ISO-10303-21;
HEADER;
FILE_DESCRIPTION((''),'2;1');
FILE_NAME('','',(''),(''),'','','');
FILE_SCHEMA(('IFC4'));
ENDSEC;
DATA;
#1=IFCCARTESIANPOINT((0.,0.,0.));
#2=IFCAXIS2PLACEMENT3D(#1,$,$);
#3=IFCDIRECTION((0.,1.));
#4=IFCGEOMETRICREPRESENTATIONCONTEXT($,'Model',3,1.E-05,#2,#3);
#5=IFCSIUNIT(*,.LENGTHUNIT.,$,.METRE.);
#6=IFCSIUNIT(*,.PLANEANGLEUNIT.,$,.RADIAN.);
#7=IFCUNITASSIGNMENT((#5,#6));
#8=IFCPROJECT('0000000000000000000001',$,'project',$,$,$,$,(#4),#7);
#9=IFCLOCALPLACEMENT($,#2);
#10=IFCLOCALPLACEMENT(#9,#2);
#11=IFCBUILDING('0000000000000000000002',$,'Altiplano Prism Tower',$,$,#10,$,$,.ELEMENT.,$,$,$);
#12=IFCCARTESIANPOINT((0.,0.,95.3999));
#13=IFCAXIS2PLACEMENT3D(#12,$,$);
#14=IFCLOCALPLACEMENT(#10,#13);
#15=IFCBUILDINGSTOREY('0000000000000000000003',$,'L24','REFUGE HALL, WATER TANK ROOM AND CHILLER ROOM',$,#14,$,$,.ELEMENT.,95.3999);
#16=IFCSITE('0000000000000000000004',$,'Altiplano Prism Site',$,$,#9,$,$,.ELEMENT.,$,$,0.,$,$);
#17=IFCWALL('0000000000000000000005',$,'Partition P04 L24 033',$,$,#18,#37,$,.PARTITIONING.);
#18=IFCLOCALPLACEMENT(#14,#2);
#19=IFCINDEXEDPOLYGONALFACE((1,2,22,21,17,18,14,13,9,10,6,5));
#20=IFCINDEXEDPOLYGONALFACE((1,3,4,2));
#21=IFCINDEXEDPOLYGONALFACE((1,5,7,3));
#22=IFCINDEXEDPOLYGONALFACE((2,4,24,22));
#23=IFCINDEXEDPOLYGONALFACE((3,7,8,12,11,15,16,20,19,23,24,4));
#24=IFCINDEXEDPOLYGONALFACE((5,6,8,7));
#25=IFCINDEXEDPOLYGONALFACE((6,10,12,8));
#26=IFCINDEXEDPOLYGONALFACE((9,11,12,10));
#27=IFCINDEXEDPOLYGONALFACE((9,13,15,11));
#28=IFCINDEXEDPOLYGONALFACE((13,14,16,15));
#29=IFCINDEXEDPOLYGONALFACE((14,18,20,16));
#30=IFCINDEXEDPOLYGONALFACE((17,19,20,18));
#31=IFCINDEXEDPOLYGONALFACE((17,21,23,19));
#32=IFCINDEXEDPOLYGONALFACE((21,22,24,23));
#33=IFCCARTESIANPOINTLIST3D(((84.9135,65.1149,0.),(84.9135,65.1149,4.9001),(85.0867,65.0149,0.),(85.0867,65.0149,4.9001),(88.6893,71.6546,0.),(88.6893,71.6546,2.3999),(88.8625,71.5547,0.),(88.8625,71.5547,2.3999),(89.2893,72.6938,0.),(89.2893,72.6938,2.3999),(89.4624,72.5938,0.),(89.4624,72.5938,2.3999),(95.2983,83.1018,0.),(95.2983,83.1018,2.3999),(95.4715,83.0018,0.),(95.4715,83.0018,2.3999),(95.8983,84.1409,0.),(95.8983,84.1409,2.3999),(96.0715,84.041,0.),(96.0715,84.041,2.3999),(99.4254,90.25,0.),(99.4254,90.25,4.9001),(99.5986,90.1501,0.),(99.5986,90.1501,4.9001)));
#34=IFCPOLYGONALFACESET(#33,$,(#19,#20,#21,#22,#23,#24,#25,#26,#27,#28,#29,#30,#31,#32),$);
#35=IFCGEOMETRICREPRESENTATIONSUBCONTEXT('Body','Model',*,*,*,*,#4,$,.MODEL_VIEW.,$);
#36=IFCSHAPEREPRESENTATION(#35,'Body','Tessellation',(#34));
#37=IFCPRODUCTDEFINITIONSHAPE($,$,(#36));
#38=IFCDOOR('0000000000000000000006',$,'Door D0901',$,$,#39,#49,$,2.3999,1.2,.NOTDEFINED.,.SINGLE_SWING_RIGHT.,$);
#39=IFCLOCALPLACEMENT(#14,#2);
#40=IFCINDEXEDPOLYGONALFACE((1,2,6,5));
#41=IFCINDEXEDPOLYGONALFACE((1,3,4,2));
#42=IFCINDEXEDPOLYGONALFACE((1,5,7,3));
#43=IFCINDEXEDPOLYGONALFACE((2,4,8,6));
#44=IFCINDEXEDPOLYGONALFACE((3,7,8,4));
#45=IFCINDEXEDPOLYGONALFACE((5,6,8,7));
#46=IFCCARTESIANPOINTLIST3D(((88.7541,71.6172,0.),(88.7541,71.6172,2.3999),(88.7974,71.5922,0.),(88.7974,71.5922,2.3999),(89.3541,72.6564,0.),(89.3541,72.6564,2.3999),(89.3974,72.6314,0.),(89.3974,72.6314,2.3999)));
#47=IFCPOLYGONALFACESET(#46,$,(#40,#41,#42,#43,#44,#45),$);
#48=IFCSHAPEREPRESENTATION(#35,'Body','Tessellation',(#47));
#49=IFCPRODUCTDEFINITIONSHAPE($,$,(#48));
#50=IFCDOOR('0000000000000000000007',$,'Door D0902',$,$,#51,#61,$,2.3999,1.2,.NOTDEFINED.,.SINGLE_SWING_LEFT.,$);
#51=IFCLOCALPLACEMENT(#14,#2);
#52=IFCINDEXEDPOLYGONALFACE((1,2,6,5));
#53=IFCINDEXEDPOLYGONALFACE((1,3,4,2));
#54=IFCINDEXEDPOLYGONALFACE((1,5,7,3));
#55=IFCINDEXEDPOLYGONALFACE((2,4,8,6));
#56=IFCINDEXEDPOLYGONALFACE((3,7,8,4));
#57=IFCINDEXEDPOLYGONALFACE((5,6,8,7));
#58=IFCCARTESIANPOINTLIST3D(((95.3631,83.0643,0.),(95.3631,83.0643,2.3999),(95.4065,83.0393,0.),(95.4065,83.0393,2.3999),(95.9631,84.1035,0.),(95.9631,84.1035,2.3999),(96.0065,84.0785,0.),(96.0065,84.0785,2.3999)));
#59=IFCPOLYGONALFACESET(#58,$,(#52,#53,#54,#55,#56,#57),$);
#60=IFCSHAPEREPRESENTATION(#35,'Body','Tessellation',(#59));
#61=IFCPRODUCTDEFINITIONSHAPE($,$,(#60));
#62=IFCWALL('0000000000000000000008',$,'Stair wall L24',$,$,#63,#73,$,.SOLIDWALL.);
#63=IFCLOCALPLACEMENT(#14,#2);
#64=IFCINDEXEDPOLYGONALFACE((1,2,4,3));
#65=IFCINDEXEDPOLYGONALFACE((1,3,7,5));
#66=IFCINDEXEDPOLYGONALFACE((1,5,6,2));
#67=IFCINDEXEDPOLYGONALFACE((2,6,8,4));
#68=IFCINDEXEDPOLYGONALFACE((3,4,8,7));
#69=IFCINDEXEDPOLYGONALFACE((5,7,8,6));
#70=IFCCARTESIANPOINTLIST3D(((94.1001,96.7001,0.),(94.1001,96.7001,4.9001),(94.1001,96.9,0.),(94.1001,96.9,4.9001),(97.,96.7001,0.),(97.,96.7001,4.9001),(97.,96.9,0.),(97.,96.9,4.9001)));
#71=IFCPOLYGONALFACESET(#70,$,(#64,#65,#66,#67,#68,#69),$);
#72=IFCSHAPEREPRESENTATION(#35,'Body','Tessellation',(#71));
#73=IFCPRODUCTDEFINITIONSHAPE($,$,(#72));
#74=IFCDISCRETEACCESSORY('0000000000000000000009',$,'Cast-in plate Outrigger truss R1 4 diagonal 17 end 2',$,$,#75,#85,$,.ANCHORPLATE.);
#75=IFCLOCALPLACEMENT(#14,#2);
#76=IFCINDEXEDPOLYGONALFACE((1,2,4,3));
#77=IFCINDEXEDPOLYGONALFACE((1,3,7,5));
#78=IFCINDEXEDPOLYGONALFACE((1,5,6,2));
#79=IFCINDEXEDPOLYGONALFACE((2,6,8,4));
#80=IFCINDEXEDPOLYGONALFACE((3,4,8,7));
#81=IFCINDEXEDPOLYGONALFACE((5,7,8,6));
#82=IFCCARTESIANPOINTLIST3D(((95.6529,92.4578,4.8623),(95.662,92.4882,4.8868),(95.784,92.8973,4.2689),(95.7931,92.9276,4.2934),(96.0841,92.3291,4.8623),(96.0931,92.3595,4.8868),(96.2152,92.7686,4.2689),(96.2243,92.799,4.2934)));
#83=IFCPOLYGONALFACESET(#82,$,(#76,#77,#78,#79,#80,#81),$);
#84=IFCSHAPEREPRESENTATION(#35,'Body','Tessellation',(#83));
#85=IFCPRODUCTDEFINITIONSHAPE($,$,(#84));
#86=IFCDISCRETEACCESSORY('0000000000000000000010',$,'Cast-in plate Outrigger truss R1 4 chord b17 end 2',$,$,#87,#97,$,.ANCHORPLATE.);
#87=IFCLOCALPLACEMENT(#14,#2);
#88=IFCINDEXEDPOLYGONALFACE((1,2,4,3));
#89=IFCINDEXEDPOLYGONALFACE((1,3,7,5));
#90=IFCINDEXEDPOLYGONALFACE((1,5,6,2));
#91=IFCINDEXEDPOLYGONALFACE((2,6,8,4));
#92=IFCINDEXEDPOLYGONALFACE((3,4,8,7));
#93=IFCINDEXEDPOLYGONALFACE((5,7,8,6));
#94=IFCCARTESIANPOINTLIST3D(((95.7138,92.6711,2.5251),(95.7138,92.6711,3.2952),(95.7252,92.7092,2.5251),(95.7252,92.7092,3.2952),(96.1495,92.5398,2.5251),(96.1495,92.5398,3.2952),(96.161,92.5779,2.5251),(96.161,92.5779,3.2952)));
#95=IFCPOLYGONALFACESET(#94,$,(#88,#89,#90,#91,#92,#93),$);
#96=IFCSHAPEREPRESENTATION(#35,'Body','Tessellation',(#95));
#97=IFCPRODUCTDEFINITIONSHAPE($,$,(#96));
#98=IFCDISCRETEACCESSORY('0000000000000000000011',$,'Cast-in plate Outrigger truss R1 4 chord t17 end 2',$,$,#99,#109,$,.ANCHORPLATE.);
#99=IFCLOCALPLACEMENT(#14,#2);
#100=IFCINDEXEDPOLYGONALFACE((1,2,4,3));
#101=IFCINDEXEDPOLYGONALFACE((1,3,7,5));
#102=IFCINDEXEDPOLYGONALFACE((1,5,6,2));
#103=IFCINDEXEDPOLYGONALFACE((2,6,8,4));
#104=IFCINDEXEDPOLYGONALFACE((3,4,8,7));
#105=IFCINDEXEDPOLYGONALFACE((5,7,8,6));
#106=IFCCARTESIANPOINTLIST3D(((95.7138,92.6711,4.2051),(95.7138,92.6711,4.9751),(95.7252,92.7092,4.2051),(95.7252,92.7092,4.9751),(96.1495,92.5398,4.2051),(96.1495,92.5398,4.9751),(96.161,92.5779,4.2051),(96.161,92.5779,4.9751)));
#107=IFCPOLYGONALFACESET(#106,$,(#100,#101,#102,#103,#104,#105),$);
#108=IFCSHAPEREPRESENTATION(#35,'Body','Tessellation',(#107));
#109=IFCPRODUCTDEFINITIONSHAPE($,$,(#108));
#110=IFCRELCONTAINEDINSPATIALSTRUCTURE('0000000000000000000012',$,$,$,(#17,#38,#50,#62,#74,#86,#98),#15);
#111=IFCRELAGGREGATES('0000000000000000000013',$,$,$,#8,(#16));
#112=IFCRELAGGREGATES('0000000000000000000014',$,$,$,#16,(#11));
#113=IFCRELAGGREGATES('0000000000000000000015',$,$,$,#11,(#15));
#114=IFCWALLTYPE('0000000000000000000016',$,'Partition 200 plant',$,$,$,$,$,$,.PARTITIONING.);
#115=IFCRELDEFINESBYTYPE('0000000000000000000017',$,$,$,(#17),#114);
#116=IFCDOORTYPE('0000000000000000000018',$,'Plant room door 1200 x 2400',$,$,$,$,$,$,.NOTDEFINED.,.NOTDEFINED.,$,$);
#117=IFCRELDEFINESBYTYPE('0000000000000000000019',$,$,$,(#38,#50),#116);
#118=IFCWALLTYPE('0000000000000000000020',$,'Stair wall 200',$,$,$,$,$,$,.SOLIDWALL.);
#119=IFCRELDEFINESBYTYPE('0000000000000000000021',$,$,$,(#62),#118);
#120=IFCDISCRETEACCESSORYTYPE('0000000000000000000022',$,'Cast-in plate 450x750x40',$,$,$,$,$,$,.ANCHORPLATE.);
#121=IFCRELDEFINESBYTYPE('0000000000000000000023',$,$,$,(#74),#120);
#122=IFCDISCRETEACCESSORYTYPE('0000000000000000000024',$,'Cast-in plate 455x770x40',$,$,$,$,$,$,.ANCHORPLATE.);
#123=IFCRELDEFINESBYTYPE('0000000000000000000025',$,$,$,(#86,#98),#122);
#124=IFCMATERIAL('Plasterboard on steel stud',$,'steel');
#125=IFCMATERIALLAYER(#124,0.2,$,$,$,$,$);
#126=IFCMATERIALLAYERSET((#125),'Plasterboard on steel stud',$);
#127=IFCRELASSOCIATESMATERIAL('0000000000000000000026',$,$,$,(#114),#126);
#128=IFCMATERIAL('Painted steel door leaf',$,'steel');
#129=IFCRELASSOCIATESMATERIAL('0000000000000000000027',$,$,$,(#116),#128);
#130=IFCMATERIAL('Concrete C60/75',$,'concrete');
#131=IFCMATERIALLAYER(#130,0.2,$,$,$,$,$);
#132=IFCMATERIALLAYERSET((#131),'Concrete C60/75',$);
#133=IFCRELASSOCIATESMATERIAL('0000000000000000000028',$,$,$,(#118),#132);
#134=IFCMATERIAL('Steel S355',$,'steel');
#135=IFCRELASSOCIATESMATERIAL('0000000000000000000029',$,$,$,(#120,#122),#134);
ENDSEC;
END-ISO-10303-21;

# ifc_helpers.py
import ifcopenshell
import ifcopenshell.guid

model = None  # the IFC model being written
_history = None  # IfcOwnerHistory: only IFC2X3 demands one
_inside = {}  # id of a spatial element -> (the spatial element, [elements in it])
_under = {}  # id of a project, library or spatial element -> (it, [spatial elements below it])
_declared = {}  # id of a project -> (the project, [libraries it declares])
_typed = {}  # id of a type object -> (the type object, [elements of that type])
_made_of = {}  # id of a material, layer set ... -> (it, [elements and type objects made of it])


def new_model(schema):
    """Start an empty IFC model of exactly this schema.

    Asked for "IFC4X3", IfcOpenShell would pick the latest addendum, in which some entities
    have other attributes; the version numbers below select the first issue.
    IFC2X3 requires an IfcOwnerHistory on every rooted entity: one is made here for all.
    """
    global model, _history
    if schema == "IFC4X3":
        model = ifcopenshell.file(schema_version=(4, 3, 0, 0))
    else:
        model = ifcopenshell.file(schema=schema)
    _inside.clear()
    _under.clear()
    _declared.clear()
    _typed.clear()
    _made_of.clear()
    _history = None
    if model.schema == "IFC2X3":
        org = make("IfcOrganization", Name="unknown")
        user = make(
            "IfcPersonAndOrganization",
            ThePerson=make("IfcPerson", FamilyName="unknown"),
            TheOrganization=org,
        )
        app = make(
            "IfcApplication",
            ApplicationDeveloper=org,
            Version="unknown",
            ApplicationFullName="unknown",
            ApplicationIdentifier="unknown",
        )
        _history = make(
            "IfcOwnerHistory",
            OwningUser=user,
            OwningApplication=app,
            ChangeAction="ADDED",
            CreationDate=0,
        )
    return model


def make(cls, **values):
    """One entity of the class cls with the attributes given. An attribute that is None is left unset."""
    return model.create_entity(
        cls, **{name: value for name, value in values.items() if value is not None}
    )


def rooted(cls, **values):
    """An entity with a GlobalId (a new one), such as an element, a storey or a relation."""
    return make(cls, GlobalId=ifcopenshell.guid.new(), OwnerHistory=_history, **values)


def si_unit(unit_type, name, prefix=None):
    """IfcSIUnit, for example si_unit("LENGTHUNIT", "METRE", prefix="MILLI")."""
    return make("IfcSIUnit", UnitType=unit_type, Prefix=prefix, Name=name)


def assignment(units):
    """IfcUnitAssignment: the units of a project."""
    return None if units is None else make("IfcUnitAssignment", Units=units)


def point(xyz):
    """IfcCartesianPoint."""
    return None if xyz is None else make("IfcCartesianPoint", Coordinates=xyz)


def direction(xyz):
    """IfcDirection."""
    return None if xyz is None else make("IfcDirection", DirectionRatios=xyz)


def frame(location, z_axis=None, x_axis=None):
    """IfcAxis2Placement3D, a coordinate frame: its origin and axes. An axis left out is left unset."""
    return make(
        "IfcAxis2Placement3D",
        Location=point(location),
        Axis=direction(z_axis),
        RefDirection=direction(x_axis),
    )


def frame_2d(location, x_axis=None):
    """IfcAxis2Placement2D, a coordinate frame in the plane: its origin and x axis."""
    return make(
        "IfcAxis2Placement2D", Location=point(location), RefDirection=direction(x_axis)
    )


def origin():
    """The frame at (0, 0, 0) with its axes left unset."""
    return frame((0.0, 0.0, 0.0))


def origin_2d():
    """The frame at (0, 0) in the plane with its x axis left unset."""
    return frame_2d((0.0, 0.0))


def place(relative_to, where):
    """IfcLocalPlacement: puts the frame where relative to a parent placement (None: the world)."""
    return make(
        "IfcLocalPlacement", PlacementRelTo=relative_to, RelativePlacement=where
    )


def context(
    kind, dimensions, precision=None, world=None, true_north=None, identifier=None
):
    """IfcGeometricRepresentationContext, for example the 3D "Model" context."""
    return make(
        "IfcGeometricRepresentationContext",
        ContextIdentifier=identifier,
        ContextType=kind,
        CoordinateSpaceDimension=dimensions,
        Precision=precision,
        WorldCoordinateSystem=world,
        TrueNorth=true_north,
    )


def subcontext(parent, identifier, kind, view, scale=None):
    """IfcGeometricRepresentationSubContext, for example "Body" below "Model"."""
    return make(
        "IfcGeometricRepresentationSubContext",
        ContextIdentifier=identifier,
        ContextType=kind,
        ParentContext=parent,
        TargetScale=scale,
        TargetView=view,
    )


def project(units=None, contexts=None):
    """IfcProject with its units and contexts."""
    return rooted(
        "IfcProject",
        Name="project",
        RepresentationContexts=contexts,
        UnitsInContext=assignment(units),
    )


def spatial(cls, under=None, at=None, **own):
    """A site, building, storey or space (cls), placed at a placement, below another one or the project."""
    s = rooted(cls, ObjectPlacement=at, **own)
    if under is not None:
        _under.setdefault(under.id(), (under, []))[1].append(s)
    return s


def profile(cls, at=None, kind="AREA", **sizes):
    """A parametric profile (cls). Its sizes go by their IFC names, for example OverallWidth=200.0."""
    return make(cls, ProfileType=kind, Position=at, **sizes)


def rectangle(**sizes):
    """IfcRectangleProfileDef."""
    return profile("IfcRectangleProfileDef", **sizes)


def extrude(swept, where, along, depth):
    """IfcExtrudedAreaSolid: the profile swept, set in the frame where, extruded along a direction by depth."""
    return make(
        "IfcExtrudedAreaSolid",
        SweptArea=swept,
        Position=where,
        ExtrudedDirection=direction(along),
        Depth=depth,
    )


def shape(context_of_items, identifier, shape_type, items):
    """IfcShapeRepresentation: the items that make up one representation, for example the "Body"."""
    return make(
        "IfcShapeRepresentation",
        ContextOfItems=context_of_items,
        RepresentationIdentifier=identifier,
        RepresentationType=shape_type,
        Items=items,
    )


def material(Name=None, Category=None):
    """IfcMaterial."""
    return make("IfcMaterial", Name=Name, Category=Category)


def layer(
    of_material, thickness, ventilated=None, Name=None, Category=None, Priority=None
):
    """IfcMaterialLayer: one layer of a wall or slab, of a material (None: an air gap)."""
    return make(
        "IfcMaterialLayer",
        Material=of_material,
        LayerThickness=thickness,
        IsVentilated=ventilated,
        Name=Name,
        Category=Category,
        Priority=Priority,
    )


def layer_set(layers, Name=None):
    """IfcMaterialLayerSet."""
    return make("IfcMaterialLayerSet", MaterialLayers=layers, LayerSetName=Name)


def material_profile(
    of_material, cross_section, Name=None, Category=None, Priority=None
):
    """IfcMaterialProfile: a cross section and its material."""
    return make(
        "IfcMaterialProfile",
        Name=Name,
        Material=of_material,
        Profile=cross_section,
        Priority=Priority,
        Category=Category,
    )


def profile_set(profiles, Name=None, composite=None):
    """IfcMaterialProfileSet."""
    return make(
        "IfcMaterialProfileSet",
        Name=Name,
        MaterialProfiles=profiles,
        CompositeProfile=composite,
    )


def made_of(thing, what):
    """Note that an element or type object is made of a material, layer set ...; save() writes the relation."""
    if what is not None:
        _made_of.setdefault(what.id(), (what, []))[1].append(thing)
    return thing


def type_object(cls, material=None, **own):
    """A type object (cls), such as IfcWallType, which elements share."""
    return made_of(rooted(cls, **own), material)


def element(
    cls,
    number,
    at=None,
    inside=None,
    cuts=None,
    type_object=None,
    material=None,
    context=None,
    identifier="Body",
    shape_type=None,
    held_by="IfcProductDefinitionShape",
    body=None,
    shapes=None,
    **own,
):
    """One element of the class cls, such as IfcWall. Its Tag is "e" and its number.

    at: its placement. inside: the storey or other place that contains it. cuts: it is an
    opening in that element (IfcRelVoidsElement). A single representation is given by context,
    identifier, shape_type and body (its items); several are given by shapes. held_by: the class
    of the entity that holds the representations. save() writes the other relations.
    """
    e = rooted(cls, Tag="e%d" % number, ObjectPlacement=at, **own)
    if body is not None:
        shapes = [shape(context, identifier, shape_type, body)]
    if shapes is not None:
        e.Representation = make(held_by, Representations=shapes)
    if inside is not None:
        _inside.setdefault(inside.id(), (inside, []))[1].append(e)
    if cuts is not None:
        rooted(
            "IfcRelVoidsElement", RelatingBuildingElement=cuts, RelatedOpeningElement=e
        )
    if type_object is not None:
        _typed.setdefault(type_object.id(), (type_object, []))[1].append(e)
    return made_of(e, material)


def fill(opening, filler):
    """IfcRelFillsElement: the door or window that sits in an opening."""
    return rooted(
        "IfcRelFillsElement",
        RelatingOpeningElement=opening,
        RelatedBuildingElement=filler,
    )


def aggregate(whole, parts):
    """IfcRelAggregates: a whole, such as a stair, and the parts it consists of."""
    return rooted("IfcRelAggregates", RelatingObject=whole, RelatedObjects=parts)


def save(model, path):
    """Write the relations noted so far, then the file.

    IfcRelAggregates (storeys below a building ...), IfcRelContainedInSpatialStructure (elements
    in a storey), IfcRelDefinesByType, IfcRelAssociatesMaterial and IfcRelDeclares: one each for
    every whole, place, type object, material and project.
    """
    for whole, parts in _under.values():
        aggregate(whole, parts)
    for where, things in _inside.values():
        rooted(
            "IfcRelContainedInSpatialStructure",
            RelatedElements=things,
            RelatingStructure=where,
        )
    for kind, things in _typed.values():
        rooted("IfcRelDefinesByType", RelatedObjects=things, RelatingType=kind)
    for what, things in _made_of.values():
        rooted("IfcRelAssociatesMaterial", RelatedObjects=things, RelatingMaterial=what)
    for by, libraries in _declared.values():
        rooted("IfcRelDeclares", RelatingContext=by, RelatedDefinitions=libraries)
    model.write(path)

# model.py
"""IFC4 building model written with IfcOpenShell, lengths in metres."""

from ifc_helpers import new_model, si_unit, direction, frame, frame_2d, origin, origin_2d, place, context, subcontext, project, spatial, rectangle, extrude, material, layer, layer_set, material_profile, profile_set, type_object, element, fill, save


model = new_model("IFC4")

# Units and contexts
model_context = context("Model", 3, precision=1e-05, world=origin(), true_north=direction((0.0, 1.0)))
body_context = subcontext(model_context, "Body", "Model", "MODEL_VIEW")
ifc_project = project(units=[si_unit("LENGTHUNIT", "METRE"), si_unit("PLANEANGLEUNIT", "RADIAN")], contexts=[model_context])

# Site, building, storey
site_placement = place(None, origin())
site = spatial("IfcSite", under=ifc_project, at=site_placement, Name="Altiplano Prism Site", CompositionType="ELEMENT", RefElevation=0.0)
building_placement = place(site_placement, origin())
building = spatial("IfcBuilding", under=site, at=building_placement, Name="Altiplano Prism Tower", CompositionType="ELEMENT")
storey_placement = place(building_placement, frame((0.0, 0.0, 95.3999)))
storey = spatial("IfcBuildingStorey", under=building, at=storey_placement, Name="L24", Description="REFUGE HALL, WATER TANK ROOM AND CHILLER ROOM", CompositionType="ELEMENT", Elevation=95.3999)

# Shared definitions
ifc_material_1 = material(Name="Steel S355", Category="steel")

# Wall, openings, doors
ifc_material_2 = material(Name="Plasterboard on steel stud", Category="steel")
ifc_layer_1 = layer(ifc_material_2, 0.2)
ifc_layer_set_1 = layer_set([ifc_layer_1], Name="Plasterboard on steel stud")
wall_type_1 = type_object("IfcWallType", Name="Partition 200 plant", PredefinedType="PARTITIONING", material=ifc_layer_set_1)
wall_1_placement = place(storey_placement, frame((99.512, 90.2, 0.0), z_axis=(0.0, 0.0, 1.0), x_axis=(-0.500003, -0.866024, 0.0)))
wall_1 = element("IfcWall", 1, at=wall_1_placement, inside=storey, type_object=wall_type_1, Name="Partition P04 L24 033", PredefinedType="PARTITIONING", context=body_context, shape_type="SweptSolid", body=[
    extrude(rectangle(XDim=29.0237, YDim=0.2, at=frame_2d((14.5117, 0.0))), origin(), (0.0, 0.0, 1.0), 4.9001),
])
opening_1_placement = place(wall_1_placement, frame((20.272, 0.0, 0.0)))
opening_1 = element("IfcOpeningElement", 2, at=opening_1_placement, cuts=wall_1, PredefinedType="OPENING", context=body_context, shape_type="SweptSolid", body=[
    extrude(rectangle(XDim=1.2, YDim=2.3999, at=frame_2d((0.6001, 1.2))), frame((0.0, 0.1104, 0.0), z_axis=(0.0, -1.0, 0.0), x_axis=(1.0, 0.0, 0.0)), (0.0, 0.0, 1.0), 0.2209),
])
opening_2_placement = place(wall_1_placement, frame((7.054, 0.0, 0.0)))
opening_2 = element("IfcOpeningElement", 3, at=opening_2_placement, cuts=wall_1, PredefinedType="OPENING", context=body_context, shape_type="SweptSolid", body=[
    extrude(rectangle(XDim=1.2, YDim=2.3999, at=frame_2d((0.6001, 1.2))), frame((0.0, 0.1104, 0.0), z_axis=(0.0, -1.0, 0.0), x_axis=(1.0, 0.0, 0.0)), (0.0, 0.0, 1.0), 0.2209),
])
ifc_material_3 = material(Name="Painted steel door leaf", Category="steel")
door_type = type_object("IfcDoorType", Name="Plant room door 1200 x 2400", OperationType="NOTDEFINED", PredefinedType="NOTDEFINED", material=ifc_material_3)
door_1_placement = place(opening_1_placement, origin())
door_1 = element("IfcDoor", 4, at=door_1_placement, inside=storey, type_object=door_type, Name="Door D0901", OperationType="SINGLE_SWING_RIGHT", OverallHeight=2.3999, OverallWidth=1.2, PredefinedType="NOTDEFINED", context=body_context, shape_type="SweptSolid", body=[
    extrude(rectangle(XDim=1.2, YDim=2.3999, at=frame_2d((0.6001, 1.2))), frame((0.0, 0.0249, 0.0), z_axis=(0.0, -1.0, 0.0), x_axis=(1.0, 0.0, 0.0)), (0.0, 0.0, 1.0), 0.05),
])
fill(opening_1, door_1)
door_2_placement = place(opening_2_placement, origin())
door_2 = element("IfcDoor", 5, at=door_2_placement, inside=storey, type_object=door_type, Name="Door D0902", OperationType="SINGLE_SWING_LEFT", OverallHeight=2.3999, OverallWidth=1.2, PredefinedType="NOTDEFINED", context=body_context, shape_type="SweptSolid", body=[
    extrude(rectangle(XDim=1.2, YDim=2.3999, at=frame_2d((0.6001, 1.2))), frame((0.0, 0.0249, 0.0), z_axis=(0.0, -1.0, 0.0), x_axis=(1.0, 0.0, 0.0)), (0.0, 0.0, 1.0), 0.05),
])
fill(opening_2, door_2)

# Wall
ifc_material_4 = material(Name="Concrete C60/75", Category="concrete")
ifc_layer_2 = layer(ifc_material_4, 0.2)
ifc_layer_set_2 = layer_set([ifc_layer_2], Name="Concrete C60/75")
wall_type_2 = type_object("IfcWallType", Name="Stair wall 200", PredefinedType="SOLIDWALL", material=ifc_layer_set_2)
wall_2_placement = place(storey_placement, frame((94.1001, 96.8, 0.0), z_axis=(0.0, 0.0, 1.0), x_axis=(1.0, 0.0, 0.0)))
element("IfcWall", 6, at=wall_2_placement, inside=storey, type_object=wall_type_2, Name="Stair wall L24", PredefinedType="SOLIDWALL", context=body_context, shape_type="SweptSolid", body=[
    extrude(rectangle(XDim=2.8999, YDim=0.2, at=frame_2d((1.45, 0.0))), origin(), (0.0, 0.0, 1.0), 4.9001),
])

# Discrete accessories
ifc_material_profile_1 = material_profile(ifc_material_1, rectangle(XDim=0.45, YDim=0.75, at=origin_2d()), Name="Cast-in plate 450x750x40")
ifc_profile_set_1 = profile_set([ifc_material_profile_1], Name="Steel S355")
discrete_accessory_type_1 = type_object("IfcDiscreteAccessoryType", Name="Cast-in plate 450x750x40", PredefinedType="ANCHORPLATE", material=ifc_profile_set_1)
discrete_accessory_placement = place(storey_placement, frame((95.9431, 92.6436, 4.5901), z_axis=(-0.226246, -0.758229, -0.611475), x_axis=(0.958251, -0.28593, 0.0)))
element("IfcDiscreteAccessory", 7, at=discrete_accessory_placement, inside=storey, type_object=discrete_accessory_type_1, Name="Cast-in plate Outrigger truss R1 4 diagonal 17 end 2", PredefinedType="ANCHORPLATE", context=body_context, shape_type="SweptSolid", body=[
    extrude(rectangle(XDim=0.45, YDim=0.75, at=origin_2d()), origin(), (0.0, 0.0, 1.0), 0.04),
])
ifc_material_profile_2 = material_profile(ifc_material_1, rectangle(XDim=0.4551, YDim=0.77, at=origin_2d()), Name="Cast-in plate 455x770x40")
ifc_profile_set_2 = profile_set([ifc_material_profile_2], Name="Steel S355")
discrete_accessory_type_2 = type_object("IfcDiscreteAccessoryType", Name="Cast-in plate 455x770x40", PredefinedType="ANCHORPLATE", material=ifc_profile_set_2)
for number, where, z_axis, x_axis, name in (
    (8, (95.9431, 92.6436, 2.9102), (-0.288474, -0.957488, 0.0), (0.957488, -0.288474, 0.0), "Cast-in plate Outrigger truss R1 4 chord b17 end 2"),
    (9, (95.9431, 92.6436, 4.5901), (-0.288474, -0.957488, 0.0), (0.957488, -0.288474, 0.0), "Cast-in plate Outrigger truss R1 4 chord t17 end 2"),
):
    element("IfcDiscreteAccessory", number, at=place(storey_placement, frame(where, z_axis=z_axis, x_axis=x_axis)), inside=storey, type_object=discrete_accessory_type_2, Name=name, PredefinedType="ANCHORPLATE", context=body_context, shape_type="SweptSolid", body=[
        extrude(rectangle(XDim=0.4551, YDim=0.77, at=origin_2d()), origin(), (0.0, 0.0, 1.0), 0.0398),
    ])

save(model, "model.ifc")
